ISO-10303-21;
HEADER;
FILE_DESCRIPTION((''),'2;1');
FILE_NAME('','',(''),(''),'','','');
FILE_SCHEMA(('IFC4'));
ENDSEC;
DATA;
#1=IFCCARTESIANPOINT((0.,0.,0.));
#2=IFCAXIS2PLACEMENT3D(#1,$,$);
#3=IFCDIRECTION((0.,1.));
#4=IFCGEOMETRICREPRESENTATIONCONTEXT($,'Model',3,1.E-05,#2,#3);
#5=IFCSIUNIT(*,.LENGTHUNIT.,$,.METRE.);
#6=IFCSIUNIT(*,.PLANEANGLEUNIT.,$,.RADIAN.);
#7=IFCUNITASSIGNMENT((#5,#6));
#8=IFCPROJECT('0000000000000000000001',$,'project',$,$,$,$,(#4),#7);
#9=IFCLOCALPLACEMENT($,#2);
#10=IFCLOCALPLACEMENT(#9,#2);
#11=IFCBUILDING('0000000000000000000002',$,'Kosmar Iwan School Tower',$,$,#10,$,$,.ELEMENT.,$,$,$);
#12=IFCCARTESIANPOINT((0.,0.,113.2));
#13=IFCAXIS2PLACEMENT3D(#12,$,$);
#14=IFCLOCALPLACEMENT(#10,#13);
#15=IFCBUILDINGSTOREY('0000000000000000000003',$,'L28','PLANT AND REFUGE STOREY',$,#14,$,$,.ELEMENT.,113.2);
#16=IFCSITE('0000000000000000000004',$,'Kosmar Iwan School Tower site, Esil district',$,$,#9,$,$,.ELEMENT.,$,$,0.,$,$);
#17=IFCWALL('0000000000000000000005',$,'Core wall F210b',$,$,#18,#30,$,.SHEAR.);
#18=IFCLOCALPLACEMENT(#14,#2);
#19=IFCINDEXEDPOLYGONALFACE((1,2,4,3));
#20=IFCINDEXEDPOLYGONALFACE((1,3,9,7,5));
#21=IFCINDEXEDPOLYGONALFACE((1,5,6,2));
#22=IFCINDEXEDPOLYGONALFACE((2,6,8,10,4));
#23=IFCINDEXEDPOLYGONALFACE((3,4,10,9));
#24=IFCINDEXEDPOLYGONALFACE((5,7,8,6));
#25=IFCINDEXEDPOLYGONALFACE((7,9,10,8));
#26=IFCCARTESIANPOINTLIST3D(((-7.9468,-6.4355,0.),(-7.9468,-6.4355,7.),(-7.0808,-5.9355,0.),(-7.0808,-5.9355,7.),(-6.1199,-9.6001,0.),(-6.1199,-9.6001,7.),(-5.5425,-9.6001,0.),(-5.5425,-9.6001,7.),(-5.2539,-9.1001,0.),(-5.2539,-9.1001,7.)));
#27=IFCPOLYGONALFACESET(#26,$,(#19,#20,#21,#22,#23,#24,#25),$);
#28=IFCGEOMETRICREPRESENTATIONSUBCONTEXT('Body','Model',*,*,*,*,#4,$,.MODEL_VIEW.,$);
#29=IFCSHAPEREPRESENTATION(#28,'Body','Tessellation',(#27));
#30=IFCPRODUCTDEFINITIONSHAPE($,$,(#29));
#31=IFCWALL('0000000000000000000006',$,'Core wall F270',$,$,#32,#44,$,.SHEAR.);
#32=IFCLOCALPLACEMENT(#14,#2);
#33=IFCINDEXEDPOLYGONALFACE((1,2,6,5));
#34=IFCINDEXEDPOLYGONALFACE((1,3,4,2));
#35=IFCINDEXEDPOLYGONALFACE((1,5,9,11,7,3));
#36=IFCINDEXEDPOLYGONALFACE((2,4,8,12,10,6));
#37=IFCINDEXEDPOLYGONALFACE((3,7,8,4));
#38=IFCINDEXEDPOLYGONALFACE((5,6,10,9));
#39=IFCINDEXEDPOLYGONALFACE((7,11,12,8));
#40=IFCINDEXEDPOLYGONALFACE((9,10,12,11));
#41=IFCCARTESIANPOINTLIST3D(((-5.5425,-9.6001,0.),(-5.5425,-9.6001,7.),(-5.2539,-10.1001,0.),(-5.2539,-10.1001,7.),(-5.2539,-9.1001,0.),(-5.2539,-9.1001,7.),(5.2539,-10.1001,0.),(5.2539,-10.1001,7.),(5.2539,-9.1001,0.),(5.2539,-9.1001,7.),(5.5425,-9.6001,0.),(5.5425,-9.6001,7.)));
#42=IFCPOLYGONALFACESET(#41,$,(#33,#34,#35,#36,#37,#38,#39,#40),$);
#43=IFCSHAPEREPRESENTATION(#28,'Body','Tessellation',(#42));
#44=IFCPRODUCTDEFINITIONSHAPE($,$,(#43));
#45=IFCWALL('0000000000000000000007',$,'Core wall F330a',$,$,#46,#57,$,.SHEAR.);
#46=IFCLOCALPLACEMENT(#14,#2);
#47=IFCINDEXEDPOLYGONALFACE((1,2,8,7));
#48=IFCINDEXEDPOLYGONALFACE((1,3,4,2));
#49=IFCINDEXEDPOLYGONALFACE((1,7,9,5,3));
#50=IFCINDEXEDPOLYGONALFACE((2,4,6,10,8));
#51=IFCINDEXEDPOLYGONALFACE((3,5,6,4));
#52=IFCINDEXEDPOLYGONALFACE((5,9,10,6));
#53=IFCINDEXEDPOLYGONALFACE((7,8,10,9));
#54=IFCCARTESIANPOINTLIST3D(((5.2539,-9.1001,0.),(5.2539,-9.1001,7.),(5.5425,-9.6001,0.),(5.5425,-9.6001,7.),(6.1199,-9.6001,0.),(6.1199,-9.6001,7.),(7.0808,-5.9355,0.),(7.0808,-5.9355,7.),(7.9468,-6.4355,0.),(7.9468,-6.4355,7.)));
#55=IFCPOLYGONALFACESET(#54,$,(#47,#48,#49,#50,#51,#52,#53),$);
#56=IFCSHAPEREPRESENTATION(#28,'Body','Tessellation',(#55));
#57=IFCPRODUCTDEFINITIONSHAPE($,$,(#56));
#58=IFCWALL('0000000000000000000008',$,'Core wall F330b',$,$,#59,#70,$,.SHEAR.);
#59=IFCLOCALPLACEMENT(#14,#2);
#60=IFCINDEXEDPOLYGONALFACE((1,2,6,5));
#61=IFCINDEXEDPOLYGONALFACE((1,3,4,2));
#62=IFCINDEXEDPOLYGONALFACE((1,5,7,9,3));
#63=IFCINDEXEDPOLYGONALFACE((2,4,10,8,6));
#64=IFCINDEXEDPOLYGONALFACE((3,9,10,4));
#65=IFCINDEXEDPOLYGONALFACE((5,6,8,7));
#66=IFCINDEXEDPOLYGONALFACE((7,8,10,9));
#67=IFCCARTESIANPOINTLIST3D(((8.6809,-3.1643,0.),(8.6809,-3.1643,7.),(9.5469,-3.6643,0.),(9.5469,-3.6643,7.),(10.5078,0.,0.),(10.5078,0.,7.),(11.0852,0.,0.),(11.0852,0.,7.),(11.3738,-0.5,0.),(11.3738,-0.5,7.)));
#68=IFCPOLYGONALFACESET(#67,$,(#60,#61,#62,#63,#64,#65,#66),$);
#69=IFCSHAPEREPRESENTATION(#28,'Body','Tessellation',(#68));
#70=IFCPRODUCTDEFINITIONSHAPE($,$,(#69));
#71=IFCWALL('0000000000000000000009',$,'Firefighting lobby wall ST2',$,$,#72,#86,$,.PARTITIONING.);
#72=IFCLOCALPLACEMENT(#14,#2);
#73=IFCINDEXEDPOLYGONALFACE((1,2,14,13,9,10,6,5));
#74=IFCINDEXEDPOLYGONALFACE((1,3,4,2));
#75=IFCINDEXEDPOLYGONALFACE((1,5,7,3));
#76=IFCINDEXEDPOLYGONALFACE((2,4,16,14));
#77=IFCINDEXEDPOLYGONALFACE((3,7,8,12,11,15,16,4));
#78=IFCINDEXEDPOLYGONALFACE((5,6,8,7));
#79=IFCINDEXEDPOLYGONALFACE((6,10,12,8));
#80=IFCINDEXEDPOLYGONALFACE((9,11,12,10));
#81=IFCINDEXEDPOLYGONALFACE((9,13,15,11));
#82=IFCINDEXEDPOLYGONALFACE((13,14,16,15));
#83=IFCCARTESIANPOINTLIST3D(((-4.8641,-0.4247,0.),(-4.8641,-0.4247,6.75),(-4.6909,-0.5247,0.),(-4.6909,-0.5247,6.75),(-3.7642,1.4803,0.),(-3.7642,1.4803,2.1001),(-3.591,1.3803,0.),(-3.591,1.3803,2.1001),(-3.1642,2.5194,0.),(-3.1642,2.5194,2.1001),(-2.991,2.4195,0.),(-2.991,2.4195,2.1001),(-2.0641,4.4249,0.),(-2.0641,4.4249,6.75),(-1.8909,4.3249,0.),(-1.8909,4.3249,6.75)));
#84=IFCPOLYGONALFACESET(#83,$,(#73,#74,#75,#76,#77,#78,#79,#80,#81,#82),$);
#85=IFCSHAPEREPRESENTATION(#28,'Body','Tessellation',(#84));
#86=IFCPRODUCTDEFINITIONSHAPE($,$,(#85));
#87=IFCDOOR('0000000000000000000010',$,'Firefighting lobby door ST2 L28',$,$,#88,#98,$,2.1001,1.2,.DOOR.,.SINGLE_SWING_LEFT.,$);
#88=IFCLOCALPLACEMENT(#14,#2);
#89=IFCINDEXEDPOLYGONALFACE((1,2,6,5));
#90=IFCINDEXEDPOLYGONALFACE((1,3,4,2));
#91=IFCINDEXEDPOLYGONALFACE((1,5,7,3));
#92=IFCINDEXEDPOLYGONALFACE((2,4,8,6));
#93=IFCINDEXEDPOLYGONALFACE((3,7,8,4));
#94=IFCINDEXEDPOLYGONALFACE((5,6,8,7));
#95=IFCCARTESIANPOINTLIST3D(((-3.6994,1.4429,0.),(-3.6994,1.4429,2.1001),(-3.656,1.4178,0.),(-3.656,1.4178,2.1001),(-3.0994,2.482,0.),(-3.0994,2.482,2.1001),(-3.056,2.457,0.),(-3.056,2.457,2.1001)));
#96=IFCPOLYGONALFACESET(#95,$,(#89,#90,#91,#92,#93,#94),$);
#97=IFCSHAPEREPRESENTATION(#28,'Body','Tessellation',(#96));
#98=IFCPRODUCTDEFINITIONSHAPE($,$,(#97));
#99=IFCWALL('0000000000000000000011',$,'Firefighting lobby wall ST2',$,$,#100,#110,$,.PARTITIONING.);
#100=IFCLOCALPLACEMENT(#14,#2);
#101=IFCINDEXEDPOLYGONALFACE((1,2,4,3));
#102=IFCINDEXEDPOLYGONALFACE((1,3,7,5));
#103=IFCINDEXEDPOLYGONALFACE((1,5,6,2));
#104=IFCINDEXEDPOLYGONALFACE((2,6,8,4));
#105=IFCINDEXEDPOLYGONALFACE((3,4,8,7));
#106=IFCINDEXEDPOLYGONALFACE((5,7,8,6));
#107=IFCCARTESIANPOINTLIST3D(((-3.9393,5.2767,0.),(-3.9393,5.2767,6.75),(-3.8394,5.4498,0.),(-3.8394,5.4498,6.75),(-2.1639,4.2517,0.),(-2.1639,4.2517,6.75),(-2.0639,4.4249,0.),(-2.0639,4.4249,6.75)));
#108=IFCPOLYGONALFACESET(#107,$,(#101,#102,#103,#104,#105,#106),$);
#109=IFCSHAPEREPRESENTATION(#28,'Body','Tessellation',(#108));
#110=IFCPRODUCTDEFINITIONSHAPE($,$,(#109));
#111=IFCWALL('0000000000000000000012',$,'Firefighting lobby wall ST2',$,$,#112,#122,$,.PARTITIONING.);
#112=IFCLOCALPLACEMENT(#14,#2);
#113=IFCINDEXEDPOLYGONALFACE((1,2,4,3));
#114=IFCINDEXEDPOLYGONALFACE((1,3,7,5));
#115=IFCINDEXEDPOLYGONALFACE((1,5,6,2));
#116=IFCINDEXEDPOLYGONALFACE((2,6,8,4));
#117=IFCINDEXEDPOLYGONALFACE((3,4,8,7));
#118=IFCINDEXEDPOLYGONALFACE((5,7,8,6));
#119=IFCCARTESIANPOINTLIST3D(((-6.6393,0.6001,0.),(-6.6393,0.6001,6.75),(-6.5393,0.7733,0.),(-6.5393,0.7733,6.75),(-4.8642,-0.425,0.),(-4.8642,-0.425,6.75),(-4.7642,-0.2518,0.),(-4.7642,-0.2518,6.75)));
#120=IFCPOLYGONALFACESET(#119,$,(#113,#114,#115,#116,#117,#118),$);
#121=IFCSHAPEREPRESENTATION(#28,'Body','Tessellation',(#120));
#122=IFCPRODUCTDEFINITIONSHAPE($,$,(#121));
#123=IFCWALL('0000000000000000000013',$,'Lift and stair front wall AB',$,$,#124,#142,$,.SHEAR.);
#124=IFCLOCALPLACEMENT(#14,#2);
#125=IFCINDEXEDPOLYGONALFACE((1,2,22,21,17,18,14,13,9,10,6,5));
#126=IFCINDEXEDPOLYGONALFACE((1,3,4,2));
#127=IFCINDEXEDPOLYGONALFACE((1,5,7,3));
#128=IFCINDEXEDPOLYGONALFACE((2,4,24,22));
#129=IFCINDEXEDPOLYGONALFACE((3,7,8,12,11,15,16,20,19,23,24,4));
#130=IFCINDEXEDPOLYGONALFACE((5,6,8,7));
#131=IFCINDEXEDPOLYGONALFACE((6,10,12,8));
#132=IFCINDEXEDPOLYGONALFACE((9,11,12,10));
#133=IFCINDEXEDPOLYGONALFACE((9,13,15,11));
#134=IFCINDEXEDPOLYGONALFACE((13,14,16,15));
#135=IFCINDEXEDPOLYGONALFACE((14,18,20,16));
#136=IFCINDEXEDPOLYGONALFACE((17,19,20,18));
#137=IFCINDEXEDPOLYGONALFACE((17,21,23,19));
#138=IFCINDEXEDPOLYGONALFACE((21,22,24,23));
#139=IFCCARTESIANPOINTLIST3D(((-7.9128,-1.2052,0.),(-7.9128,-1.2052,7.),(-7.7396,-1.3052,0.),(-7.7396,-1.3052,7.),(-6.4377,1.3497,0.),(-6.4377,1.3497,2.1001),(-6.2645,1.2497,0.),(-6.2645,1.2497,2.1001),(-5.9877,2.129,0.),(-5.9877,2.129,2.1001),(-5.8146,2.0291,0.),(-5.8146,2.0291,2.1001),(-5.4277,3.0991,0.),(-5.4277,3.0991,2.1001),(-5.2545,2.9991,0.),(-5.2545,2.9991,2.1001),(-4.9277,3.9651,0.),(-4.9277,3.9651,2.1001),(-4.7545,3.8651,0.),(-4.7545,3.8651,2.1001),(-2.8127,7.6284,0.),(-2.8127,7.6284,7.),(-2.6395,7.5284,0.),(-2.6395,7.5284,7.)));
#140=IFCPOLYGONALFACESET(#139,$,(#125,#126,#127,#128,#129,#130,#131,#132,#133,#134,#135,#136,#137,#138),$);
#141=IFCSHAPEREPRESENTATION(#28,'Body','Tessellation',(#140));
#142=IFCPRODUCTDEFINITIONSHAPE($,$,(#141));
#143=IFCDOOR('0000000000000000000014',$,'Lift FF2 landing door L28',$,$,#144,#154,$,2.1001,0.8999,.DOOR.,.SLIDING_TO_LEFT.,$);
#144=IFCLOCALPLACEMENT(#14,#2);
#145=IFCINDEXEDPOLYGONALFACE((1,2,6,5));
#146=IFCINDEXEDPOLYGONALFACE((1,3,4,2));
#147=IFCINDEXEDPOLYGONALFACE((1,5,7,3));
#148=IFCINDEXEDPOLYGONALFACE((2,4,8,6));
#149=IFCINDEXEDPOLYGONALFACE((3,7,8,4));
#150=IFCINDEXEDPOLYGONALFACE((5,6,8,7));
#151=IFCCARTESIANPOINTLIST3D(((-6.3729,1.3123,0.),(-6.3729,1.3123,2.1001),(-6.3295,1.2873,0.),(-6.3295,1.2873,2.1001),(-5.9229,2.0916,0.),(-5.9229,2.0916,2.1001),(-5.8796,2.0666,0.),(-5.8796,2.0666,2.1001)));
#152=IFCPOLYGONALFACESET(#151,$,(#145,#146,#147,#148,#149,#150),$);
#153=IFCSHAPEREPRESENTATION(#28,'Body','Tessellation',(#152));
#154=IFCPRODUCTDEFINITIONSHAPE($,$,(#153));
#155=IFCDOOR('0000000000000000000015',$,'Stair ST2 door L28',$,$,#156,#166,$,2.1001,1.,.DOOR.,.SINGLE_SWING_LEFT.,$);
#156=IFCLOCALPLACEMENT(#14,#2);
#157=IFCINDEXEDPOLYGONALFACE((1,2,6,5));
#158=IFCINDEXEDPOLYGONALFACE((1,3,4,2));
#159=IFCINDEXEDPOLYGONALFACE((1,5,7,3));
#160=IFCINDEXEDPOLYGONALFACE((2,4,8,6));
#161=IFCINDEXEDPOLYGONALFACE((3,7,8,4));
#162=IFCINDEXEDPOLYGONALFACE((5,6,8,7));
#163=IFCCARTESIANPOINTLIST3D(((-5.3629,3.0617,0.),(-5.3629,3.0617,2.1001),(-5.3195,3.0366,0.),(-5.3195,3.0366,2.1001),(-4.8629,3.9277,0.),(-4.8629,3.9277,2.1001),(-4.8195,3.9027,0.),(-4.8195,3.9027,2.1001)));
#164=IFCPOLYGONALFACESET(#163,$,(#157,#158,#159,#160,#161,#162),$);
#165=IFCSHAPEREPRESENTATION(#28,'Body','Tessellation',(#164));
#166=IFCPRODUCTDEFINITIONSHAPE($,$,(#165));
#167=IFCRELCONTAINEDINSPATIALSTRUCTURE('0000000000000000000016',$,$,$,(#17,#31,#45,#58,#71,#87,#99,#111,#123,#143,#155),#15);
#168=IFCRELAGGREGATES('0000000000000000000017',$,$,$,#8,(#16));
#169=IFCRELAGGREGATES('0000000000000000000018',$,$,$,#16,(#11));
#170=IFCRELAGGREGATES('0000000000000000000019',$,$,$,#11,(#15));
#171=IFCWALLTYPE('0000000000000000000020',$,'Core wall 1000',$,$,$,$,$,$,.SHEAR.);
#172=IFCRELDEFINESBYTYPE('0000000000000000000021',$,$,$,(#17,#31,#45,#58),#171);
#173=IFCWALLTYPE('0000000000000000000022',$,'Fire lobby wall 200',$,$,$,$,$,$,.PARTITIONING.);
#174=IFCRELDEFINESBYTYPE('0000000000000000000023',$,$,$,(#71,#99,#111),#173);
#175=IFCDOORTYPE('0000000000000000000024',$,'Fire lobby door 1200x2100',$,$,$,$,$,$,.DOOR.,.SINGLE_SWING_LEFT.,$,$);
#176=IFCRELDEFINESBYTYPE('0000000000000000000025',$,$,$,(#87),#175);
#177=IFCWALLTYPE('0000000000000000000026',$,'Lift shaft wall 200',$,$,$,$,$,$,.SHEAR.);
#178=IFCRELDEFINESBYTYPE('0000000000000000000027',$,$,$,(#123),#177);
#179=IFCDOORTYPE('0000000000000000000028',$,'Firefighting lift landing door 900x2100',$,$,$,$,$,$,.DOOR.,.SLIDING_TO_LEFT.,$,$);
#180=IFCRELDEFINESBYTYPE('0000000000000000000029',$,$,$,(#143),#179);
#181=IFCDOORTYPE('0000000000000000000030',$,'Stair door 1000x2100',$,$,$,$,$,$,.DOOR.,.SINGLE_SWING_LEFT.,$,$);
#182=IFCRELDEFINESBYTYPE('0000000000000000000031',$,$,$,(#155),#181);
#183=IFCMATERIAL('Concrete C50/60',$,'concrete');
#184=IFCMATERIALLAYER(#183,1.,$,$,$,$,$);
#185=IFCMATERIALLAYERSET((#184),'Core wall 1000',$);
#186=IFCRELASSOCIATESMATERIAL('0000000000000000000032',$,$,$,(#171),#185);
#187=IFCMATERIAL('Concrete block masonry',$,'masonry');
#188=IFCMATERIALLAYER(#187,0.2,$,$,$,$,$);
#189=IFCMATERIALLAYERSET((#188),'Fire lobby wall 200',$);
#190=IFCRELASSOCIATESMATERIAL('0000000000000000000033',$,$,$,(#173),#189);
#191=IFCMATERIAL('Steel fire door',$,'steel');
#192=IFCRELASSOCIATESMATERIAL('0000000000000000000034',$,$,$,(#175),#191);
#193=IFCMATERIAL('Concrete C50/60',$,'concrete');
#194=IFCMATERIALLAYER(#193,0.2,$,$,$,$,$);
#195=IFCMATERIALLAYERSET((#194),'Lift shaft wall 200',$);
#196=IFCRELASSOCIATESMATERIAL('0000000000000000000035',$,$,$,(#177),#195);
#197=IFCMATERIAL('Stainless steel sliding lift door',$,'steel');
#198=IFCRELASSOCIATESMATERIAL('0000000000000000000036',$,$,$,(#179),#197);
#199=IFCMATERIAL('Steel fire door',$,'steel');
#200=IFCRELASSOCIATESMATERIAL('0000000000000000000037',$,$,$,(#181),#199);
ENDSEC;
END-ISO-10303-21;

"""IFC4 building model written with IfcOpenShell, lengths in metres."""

from ifc_helpers import new_model, si_unit, direction, frame, frame_2d, origin, place, context, subcontext, project, spatial, polyline, rectangle, outline, extrude, material, layer, layer_set, type_object, element, fill, save


model = new_model("IFC4")

# Units and contexts
model_context = context("Model", 3, precision=1e-05, world=origin(), true_north=direction((0.0, 1.0)))
body_context = subcontext(model_context, "Body", "Model", "MODEL_VIEW")
ifc_project = project(units=[si_unit("LENGTHUNIT", "METRE"), si_unit("PLANEANGLEUNIT", "RADIAN")], contexts=[model_context])

# Site, building, storey
site_placement = place(None, origin())
site = spatial("IfcSite", under=ifc_project, at=site_placement, Name="Kosmar Iwan School Tower site, Esil district", CompositionType="ELEMENT", RefElevation=0.0)
building_placement = place(site_placement, origin())
building = spatial("IfcBuilding", under=site, at=building_placement, Name="Kosmar Iwan School Tower", CompositionType="ELEMENT")
storey_placement = place(building_placement, frame((0.0, 0.0, 113.2)))
storey = spatial("IfcBuildingStorey", under=building, at=storey_placement, Name="L28", Description="PLANT AND REFUGE STOREY", CompositionType="ELEMENT", Elevation=113.2)

# Walls
ifc_material_1 = material(Name="Concrete C50/60", Category="concrete")
ifc_layer_1 = layer(ifc_material_1, 1.0)
ifc_layer_set_1 = layer_set([ifc_layer_1], Name="Core wall 1000")
wall_type_1 = type_object("IfcWallType", Name="Core wall 1000", PredefinedType="SHEAR", material=ifc_layer_set_1)
wall_1_placement = place(storey_placement, origin())
element("IfcWall", 1, at=wall_1_placement, inside=storey, type_object=wall_type_1, Name="Core wall F210b", PredefinedType="SHEAR", context=body_context, shape_type="SweptSolid", body=[
    extrude(outline(polyline([(-6.1199, -9.6001), (-5.5425, -9.6001), (-5.2539, -9.1001), (-7.0808, -5.9355), (-7.9468, -6.4355), (-6.1199, -9.6001)])), origin(), (0.0, 0.0, 1.0), 7.0),
])
wall_2_placement = place(storey_placement, origin())
element("IfcWall", 2, at=wall_2_placement, inside=storey, type_object=wall_type_1, Name="Core wall F270", PredefinedType="SHEAR", context=body_context, shape_type="SweptSolid", body=[
    extrude(outline(polyline([(-5.2539, -10.1001), (5.2539, -10.1001), (5.5425, -9.6001), (5.2539, -9.1001), (-5.2539, -9.1001), (-5.5425, -9.6001), (-5.2539, -10.1001)])), origin(), (0.0, 0.0, 1.0), 7.0),
])
wall_3_placement = place(storey_placement, origin())
element("IfcWall", 3, at=wall_3_placement, inside=storey, type_object=wall_type_1, Name="Core wall F330a", PredefinedType="SHEAR", context=body_context, shape_type="SweptSolid", body=[
    extrude(outline(polyline([(5.5425, -9.6001), (6.1199, -9.6001), (7.9468, -6.4355), (7.0808, -5.9355), (5.2539, -9.1001), (5.5425, -9.6001)])), origin(), (0.0, 0.0, 1.0), 7.0),
])
wall_4_placement = place(storey_placement, origin())
element("IfcWall", 4, at=wall_4_placement, inside=storey, type_object=wall_type_1, Name="Core wall F330b", PredefinedType="SHEAR", context=body_context, shape_type="SweptSolid", body=[
    extrude(outline(polyline([(9.5469, -3.6643), (11.3738, -0.5), (11.0852, 0.0), (10.5078, 0.0), (8.6809, -3.1643), (9.5469, -3.6643)])), origin(), (0.0, 0.0, 1.0), 7.0),
])

# Wall, opening, door
ifc_material_2 = material(Name="Concrete block masonry", Category="masonry")
ifc_layer_2 = layer(ifc_material_2, 0.2)
ifc_layer_set_2 = layer_set([ifc_layer_2], Name="Fire lobby wall 200")
wall_type_2 = type_object("IfcWallType", Name="Fire lobby wall 200", PredefinedType="PARTITIONING", material=ifc_layer_set_2)
wall_5_placement = place(storey_placement, frame((-1.9775, 4.3748, 0.0), z_axis=(0.0, 0.0, 1.0), x_axis=(-0.500017, -0.866016, 0.0)))
wall_5 = element("IfcWall", 5, at=wall_5_placement, inside=storey, type_object=wall_type_2, Name="Firefighting lobby wall ST2", PredefinedType="PARTITIONING", context=body_context, shape_type="SweptSolid", body=[
    extrude(rectangle(XDim=5.5999, YDim=0.2, at=frame_2d((2.7998, 0.0))), origin(), (0.0, 0.0, 1.0), 6.75),
])
opening_1_placement = place(wall_5_placement, frame((2.2, 0.0, 0.0)))
opening_1 = element("IfcOpeningElement", 6, at=opening_1_placement, cuts=wall_5, PredefinedType="OPENING", context=body_context, shape_type="SweptSolid", body=[
    extrude(rectangle(XDim=1.2, YDim=2.1001, at=frame_2d((0.6001, 1.05))), frame((0.0, 0.1121, 0.0), z_axis=(0.0, -1.0, 0.0), x_axis=(1.0, 0.0, 0.0)), (0.0, 0.0, 1.0), 0.2239),
])
ifc_material_3 = material(Name="Steel fire door", Category="steel")
door_type_1 = type_object("IfcDoorType", Name="Fire lobby door 1200x2100", OperationType="SINGLE_SWING_LEFT", PredefinedType="DOOR", material=ifc_material_3)
door_1_placement = place(opening_1_placement, origin())
door_1 = element("IfcDoor", 7, at=door_1_placement, inside=storey, type_object=door_type_1, Name="Firefighting lobby door ST2 L28", OperationType="SINGLE_SWING_LEFT", OverallHeight=2.1001, OverallWidth=1.2, PredefinedType="DOOR", context=body_context, shape_type="SweptSolid", body=[
    extrude(rectangle(XDim=1.2, YDim=2.1001, at=frame_2d((0.6001, 1.05))), frame((0.0, 0.0249, 0.0), z_axis=(0.0, -1.0, 0.0), x_axis=(1.0, 0.0, 0.0)), (0.0, 0.0, 1.0), 0.05),
])
fill(opening_1, door_1)

# Walls
wall_6_placement = place(storey_placement, frame((-2.114, 4.3384, 0.0), z_axis=(0.0, 0.0, 1.0), x_axis=(-0.866051, 0.499956, 0.0)))
element("IfcWall", 8, at=wall_6_placement, inside=storey, type_object=wall_type_2, Name="Firefighting lobby wall ST2", PredefinedType="PARTITIONING", context=body_context, shape_type="SweptSolid", body=[
    extrude(rectangle(XDim=2.05, YDim=0.2, at=frame_2d((1.0249, 0.0))), origin(), (0.0, 0.0, 1.0), 6.75),
])
wall_7_placement = place(storey_placement, frame((-4.8142, -0.3384, 0.0), z_axis=(0.0, 0.0, 1.0), x_axis=(-0.865969, 0.500097, 0.0)))
element("IfcWall", 9, at=wall_7_placement, inside=storey, type_object=wall_type_2, Name="Firefighting lobby wall ST2", PredefinedType="PARTITIONING", context=body_context, shape_type="SweptSolid", body=[
    extrude(rectangle(XDim=2.0498, YDim=0.2, at=frame_2d((1.0249, 0.0))), origin(), (0.0, 0.0, 1.0), 6.75),
])

# Wall, openings, doors
ifc_material_4 = material(Name="Concrete C50/60", Category="concrete")
ifc_layer_3 = layer(ifc_material_4, 0.2)
ifc_layer_set_3 = layer_set([ifc_layer_3], Name="Lift shaft wall 200")
wall_type_3 = type_object("IfcWallType", Name="Lift shaft wall 200", PredefinedType="SHEAR", material=ifc_layer_set_3)
wall_8_placement = place(storey_placement, frame((-2.7261, 7.5784, 0.0), z_axis=(0.0, 0.0, 1.0), x_axis=(-0.500006, -0.866022, 0.0)))
wall_8 = element("IfcWall", 10, at=wall_8_placement, inside=storey, type_object=wall_type_3, Name="Lift and stair front wall AB", PredefinedType="SHEAR", context=body_context, shape_type="SweptSolid", body=[
    extrude(rectangle(XDim=10.2002, YDim=0.2, at=frame_2d((5.1001, 0.0))), origin(), (0.0, 0.0, 1.0), 7.0),
])
opening_2_placement = place(wall_8_placement, frame((6.3501, 0.0, 0.0)))
opening_2 = element("IfcOpeningElement", 11, at=opening_2_placement, cuts=wall_8, PredefinedType="OPENING", context=body_context, shape_type="SweptSolid", body=[
    extrude(rectangle(XDim=0.8999, YDim=2.1001, at=frame_2d((0.45, 1.05))), frame((0.0, 0.1121, 0.0), z_axis=(0.0, -1.0, 0.0), x_axis=(1.0, 0.0, 0.0)), (0.0, 0.0, 1.0), 0.2239),
])
opening_3_placement = place(wall_8_placement, frame((4.23, 0.0, 0.0)))
opening_3 = element("IfcOpeningElement", 12, at=opening_3_placement, cuts=wall_8, PredefinedType="OPENING", context=body_context, shape_type="SweptSolid", body=[
    extrude(rectangle(XDim=1.0, YDim=2.1001, at=frame_2d((0.5, 1.05))), frame((0.0, 0.1121, 0.0), z_axis=(0.0, -1.0, 0.0), x_axis=(1.0, 0.0, 0.0)), (0.0, 0.0, 1.0), 0.2239),
])
ifc_material_5 = material(Name="Stainless steel sliding lift door", Category="steel")
door_type_2 = type_object("IfcDoorType", Name="Firefighting lift landing door 900x2100", OperationType="SLIDING_TO_LEFT", PredefinedType="DOOR", material=ifc_material_5)
door_2_placement = place(opening_2_placement, origin())
door_2 = element("IfcDoor", 13, at=door_2_placement, inside=storey, type_object=door_type_2, Name="Lift FF2 landing door L28", OperationType="SLIDING_TO_LEFT", OverallHeight=2.1001, OverallWidth=0.8999, PredefinedType="DOOR", context=body_context, shape_type="SweptSolid", body=[
    extrude(rectangle(XDim=0.8999, YDim=2.1001, at=frame_2d((0.45, 1.05))), frame((0.0, 0.0249, 0.0), z_axis=(0.0, -1.0, 0.0), x_axis=(1.0, 0.0, 0.0)), (0.0, 0.0, 1.0), 0.05),
])
fill(opening_2, door_2)
ifc_material_6 = material(Name="Steel fire door", Category="steel")
door_type_3 = type_object("IfcDoorType", Name="Stair door 1000x2100", OperationType="SINGLE_SWING_LEFT", PredefinedType="DOOR", material=ifc_material_6)
door_3_placement = place(opening_3_placement, origin())
door_3 = element("IfcDoor", 14, at=door_3_placement, inside=storey, type_object=door_type_3, Name="Stair ST2 door L28", OperationType="SINGLE_SWING_LEFT", OverallHeight=2.1001, OverallWidth=1.0, PredefinedType="DOOR", context=body_context, shape_type="SweptSolid", body=[
    extrude(rectangle(XDim=1.0, YDim=2.1001, at=frame_2d((0.5, 1.05))), frame((0.0, 0.0249, 0.0), z_axis=(0.0, -1.0, 0.0), x_axis=(1.0, 0.0, 0.0)), (0.0, 0.0, 1.0), 0.05),
])
fill(opening_3, door_3)

save(model, "model.ifc")
